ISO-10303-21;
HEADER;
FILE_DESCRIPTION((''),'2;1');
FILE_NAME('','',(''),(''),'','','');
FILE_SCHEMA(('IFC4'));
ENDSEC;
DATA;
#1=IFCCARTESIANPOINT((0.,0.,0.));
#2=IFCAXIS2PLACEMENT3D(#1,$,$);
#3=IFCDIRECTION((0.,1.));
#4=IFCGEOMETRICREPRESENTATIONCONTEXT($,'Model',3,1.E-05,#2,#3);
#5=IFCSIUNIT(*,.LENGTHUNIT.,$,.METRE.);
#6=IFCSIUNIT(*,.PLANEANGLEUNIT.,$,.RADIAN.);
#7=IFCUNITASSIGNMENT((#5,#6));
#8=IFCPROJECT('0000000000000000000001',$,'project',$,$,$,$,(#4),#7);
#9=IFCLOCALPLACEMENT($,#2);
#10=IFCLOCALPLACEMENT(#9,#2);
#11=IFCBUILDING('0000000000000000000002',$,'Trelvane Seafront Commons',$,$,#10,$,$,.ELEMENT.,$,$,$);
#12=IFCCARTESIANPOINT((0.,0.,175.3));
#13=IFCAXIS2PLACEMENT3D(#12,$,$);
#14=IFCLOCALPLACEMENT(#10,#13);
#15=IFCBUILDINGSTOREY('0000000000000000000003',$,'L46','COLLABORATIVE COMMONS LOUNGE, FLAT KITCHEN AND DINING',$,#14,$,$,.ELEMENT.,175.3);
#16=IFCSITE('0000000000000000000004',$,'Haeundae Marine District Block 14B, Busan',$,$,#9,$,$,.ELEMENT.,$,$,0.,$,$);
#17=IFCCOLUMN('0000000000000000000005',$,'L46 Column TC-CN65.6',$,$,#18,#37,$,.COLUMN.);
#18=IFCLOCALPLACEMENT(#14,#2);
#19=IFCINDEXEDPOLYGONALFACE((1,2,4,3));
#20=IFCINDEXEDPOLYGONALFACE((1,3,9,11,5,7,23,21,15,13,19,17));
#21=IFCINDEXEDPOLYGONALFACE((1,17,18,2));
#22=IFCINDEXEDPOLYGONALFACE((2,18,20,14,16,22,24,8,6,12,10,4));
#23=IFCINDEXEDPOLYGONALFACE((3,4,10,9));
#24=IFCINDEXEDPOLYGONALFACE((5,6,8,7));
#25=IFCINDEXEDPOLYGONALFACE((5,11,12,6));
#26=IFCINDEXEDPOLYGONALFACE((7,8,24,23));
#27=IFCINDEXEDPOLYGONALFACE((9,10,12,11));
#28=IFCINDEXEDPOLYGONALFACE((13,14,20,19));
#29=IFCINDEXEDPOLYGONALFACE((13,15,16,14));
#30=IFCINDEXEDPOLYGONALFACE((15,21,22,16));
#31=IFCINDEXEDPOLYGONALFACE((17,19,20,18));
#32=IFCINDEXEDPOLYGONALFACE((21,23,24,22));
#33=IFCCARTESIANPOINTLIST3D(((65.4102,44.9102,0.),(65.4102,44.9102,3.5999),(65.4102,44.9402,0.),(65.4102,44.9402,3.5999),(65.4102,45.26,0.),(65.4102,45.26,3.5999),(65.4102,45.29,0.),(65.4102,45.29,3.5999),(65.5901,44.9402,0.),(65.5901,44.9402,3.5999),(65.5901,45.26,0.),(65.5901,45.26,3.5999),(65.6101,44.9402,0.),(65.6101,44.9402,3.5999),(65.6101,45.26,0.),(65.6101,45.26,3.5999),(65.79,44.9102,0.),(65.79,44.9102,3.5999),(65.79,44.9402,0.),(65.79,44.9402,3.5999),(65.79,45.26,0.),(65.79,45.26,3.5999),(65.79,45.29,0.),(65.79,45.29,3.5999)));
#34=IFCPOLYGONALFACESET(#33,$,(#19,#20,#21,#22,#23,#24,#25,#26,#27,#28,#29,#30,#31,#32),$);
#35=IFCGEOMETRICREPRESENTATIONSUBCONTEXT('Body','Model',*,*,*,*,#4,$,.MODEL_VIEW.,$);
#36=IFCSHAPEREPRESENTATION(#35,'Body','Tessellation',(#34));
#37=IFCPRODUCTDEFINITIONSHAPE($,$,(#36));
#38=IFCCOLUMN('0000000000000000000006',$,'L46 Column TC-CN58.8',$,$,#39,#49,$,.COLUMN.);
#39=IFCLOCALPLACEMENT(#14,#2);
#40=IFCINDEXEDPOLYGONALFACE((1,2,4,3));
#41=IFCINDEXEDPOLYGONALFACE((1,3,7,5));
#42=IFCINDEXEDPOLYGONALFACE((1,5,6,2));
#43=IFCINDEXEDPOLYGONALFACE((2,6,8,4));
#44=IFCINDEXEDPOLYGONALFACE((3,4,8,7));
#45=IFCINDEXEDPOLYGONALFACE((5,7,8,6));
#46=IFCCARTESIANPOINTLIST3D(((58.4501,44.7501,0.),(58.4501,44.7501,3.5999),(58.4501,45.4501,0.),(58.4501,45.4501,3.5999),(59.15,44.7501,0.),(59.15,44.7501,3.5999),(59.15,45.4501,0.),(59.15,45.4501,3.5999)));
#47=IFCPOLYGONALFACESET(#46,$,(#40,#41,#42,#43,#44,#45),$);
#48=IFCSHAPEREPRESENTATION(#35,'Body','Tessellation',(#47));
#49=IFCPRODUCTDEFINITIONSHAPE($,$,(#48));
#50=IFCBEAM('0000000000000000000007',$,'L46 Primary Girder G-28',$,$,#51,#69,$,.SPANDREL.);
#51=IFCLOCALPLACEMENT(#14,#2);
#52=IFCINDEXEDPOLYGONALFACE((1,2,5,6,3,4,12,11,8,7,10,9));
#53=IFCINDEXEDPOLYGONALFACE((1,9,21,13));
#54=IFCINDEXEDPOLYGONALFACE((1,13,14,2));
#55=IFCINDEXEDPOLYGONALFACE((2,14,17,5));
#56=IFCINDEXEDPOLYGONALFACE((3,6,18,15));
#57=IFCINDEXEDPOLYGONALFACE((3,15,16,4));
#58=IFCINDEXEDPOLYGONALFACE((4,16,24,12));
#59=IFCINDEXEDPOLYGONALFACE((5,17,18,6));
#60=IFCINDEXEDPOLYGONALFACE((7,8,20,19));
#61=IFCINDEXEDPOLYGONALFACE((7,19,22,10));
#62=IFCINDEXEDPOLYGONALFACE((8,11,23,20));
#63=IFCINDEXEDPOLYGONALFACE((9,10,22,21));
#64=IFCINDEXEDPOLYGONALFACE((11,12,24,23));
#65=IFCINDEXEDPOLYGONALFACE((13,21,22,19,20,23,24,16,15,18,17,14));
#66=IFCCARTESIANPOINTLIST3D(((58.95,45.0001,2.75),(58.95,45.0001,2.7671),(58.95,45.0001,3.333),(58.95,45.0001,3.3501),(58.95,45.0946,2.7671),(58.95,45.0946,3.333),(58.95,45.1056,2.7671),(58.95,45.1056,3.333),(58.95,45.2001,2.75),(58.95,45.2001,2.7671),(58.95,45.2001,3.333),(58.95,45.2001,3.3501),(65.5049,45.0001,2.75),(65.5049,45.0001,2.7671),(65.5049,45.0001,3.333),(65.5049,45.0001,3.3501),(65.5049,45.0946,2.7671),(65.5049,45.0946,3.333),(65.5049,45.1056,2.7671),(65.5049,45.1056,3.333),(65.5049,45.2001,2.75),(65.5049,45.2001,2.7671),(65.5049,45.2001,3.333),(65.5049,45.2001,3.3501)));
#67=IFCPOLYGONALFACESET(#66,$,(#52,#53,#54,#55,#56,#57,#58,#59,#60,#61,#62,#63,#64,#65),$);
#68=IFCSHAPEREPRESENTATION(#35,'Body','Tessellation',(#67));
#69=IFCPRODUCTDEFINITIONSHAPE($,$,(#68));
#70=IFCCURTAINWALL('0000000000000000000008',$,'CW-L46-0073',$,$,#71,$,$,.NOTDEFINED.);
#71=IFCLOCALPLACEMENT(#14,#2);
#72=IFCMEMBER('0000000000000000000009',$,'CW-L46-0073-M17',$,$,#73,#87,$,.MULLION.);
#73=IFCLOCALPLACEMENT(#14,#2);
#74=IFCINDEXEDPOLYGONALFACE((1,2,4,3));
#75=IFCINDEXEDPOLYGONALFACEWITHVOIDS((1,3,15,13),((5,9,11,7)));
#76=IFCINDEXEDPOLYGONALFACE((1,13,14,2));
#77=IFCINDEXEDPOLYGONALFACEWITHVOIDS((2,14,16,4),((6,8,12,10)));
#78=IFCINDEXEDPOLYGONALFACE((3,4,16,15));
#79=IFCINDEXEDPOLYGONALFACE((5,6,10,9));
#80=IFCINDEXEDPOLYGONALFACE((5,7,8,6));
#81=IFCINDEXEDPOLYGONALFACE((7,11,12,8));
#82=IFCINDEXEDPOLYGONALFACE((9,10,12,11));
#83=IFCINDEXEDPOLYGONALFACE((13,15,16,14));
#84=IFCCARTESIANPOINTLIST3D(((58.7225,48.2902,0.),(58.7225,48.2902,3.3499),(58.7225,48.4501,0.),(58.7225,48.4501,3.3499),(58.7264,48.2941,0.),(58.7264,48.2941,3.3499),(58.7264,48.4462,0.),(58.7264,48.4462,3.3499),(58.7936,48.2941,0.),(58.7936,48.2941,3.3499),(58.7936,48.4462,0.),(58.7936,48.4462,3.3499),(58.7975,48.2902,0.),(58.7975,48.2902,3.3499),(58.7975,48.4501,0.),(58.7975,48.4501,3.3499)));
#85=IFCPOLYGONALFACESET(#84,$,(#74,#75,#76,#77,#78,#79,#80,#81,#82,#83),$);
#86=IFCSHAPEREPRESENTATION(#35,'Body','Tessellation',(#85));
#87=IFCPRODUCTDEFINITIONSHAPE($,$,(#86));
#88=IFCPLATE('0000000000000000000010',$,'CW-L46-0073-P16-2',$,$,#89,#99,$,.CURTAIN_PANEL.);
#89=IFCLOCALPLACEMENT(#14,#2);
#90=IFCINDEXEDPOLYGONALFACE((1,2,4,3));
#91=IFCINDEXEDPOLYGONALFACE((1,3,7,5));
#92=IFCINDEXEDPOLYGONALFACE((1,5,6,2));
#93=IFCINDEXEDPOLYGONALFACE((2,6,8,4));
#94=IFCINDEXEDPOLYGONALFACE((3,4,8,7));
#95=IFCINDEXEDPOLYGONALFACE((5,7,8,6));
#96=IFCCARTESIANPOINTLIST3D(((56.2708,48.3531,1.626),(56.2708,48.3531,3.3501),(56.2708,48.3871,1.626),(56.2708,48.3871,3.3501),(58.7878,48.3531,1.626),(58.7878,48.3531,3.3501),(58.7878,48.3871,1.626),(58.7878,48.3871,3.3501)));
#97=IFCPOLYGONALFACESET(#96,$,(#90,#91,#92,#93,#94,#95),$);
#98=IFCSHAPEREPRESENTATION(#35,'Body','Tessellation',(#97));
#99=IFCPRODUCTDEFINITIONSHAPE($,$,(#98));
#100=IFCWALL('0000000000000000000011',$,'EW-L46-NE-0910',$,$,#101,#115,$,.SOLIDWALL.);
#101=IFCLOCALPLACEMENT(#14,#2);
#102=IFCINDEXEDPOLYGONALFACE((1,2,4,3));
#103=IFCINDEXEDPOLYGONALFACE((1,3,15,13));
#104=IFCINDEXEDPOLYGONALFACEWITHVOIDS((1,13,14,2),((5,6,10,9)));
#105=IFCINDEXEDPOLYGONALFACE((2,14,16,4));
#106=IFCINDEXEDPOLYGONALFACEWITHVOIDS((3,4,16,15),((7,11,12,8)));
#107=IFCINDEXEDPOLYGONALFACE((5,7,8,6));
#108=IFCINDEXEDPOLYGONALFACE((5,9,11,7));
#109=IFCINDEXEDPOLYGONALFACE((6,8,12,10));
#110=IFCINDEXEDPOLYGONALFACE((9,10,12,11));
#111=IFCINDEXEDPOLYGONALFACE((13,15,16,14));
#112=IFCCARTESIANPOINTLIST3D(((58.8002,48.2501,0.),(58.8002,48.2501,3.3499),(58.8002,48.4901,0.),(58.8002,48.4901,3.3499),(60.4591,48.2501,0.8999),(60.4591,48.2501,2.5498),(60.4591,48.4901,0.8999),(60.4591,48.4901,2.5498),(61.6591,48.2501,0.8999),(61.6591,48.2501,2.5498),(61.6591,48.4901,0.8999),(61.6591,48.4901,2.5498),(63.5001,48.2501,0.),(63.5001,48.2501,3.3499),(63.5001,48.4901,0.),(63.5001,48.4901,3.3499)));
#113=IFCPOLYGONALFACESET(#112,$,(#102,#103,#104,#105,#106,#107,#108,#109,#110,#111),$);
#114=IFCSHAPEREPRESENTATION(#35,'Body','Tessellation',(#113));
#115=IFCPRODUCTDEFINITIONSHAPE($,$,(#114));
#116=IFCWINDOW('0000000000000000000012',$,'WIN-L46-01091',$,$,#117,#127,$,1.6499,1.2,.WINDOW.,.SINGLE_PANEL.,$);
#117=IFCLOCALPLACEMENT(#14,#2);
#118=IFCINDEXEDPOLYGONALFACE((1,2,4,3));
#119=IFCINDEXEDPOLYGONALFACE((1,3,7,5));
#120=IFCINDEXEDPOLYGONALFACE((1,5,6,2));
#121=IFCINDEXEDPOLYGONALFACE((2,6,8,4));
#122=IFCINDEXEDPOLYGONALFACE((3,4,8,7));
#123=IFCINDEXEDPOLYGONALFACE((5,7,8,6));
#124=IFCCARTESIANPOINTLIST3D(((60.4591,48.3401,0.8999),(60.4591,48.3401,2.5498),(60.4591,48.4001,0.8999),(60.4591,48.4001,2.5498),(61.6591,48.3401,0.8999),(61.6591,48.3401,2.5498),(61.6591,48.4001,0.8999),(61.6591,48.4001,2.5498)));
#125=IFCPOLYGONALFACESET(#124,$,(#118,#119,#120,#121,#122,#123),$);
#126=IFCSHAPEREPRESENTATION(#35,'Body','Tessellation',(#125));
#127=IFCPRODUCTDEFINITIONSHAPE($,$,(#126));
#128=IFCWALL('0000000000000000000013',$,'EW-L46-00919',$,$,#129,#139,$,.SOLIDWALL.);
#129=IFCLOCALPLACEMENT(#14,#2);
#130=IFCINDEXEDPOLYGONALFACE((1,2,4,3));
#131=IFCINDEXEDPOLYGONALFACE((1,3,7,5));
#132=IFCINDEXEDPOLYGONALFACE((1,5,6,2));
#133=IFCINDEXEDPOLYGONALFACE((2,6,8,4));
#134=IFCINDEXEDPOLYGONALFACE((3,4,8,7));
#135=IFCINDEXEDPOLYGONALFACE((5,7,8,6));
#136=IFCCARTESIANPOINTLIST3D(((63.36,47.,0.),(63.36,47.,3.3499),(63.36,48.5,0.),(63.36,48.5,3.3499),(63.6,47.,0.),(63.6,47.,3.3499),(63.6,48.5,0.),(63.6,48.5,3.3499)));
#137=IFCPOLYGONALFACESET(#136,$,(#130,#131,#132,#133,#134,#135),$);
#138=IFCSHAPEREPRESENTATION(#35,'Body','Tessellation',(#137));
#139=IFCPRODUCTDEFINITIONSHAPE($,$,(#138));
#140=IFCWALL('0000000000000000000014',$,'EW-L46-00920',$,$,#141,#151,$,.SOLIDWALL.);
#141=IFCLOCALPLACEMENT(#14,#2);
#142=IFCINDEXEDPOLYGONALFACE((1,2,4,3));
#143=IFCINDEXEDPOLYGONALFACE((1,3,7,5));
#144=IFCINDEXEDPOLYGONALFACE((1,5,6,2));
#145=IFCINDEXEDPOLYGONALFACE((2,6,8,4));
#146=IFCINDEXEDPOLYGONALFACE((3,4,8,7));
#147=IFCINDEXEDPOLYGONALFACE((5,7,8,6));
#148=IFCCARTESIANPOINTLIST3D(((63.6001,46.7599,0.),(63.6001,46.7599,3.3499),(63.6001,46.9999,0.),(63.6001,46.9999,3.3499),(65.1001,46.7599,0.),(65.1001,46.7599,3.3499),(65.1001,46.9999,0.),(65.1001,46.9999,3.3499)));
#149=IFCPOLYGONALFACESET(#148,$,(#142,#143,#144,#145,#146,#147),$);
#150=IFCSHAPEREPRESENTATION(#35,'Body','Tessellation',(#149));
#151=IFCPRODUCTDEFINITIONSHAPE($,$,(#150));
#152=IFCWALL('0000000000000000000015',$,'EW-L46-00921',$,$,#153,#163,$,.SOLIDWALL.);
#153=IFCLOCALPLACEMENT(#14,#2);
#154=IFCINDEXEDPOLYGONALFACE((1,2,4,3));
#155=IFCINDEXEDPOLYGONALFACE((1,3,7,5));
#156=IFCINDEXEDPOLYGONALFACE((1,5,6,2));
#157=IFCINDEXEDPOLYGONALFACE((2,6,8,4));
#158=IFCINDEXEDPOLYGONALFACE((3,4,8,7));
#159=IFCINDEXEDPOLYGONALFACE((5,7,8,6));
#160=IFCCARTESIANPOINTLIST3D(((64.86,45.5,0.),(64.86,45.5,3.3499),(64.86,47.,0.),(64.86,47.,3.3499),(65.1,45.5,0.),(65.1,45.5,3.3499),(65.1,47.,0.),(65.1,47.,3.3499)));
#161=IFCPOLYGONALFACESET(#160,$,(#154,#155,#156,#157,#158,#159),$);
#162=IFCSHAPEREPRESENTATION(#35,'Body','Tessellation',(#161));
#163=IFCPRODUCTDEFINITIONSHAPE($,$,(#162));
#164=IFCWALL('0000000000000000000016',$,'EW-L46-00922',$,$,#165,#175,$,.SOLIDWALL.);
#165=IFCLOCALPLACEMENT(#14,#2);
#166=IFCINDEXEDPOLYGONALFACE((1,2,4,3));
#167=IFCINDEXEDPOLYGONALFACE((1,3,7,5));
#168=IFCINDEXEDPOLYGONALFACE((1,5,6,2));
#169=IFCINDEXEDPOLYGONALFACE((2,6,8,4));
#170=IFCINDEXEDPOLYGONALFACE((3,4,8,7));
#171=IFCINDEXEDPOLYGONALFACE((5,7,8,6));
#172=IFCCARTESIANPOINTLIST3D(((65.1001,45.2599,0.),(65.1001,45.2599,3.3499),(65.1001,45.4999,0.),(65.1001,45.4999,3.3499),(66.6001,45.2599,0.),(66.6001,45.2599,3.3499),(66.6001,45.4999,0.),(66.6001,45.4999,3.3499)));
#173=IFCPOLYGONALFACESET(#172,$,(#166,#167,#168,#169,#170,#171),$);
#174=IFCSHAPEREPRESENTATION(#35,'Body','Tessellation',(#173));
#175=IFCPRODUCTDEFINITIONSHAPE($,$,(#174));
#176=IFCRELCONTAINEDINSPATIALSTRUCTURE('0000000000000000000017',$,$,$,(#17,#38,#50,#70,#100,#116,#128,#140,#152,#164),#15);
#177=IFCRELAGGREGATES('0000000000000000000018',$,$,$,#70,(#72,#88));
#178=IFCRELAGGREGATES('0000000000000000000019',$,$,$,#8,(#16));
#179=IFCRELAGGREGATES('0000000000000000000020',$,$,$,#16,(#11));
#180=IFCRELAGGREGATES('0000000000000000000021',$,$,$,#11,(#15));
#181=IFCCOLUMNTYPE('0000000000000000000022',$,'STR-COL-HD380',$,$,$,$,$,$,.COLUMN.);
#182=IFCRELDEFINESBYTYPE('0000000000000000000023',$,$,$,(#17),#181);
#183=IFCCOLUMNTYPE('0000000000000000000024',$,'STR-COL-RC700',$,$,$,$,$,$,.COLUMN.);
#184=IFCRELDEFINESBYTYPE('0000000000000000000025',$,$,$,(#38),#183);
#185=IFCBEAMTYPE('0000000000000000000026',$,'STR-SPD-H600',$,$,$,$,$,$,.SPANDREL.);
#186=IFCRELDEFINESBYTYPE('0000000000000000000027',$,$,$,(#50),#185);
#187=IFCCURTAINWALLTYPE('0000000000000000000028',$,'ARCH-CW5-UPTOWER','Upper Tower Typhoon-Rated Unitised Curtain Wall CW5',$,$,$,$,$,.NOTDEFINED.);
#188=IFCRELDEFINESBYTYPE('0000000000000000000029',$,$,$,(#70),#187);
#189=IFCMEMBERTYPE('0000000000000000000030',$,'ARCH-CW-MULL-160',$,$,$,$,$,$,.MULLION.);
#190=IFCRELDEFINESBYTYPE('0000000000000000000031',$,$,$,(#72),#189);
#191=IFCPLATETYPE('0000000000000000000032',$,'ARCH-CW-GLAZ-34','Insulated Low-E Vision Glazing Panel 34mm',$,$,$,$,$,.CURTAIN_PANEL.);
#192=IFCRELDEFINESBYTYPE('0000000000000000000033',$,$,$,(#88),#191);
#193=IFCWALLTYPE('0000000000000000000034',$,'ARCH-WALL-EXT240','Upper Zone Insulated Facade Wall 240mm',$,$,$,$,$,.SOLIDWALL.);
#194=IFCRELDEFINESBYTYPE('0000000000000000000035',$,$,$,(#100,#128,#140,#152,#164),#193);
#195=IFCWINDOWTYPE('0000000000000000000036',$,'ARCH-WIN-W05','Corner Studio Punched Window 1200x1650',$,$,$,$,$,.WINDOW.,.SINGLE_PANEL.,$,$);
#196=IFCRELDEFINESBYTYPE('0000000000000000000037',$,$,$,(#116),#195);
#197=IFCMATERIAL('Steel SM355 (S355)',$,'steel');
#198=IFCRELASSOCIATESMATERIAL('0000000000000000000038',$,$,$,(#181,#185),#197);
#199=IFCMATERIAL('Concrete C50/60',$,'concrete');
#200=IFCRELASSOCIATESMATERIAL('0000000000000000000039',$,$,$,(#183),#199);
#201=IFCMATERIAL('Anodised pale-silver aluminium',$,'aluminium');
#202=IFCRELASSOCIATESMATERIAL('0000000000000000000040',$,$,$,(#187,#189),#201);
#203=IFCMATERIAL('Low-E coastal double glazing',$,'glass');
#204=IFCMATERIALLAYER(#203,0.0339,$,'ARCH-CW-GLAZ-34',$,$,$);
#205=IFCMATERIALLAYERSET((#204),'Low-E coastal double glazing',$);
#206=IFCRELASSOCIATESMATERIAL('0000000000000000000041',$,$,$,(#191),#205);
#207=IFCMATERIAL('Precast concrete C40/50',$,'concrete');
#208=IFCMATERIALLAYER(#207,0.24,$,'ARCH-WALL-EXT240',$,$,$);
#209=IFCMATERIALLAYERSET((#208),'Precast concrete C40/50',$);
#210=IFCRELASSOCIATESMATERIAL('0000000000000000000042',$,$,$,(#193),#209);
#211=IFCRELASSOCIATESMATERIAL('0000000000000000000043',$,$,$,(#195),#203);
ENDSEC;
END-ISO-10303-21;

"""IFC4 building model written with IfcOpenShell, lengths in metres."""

from ifc_helpers import new_model, si_unit, direction, frame, frame_2d, origin, origin_2d, place, context, subcontext, project, spatial, rectangle, hollow_rectangle, i_section, extrude, source, transform, mapped, material, layer, layer_set, material_profile, profile_set, type_object, element, fill, aggregate, save


model = new_model("IFC4")

# Units and contexts
model_context = context("Model", 3, precision=1e-05, world=origin(), true_north=direction((0.0, 1.0)))
body_context = subcontext(model_context, "Body", "Model", "MODEL_VIEW")
ifc_project = project(units=[si_unit("LENGTHUNIT", "METRE"), si_unit("PLANEANGLEUNIT", "RADIAN")], contexts=[model_context])

# Site, building, storey
site_placement = place(None, origin())
site = spatial("IfcSite", under=ifc_project, at=site_placement, Name="Haeundae Marine District Block 14B, Busan", CompositionType="ELEMENT", RefElevation=0.0)
building_placement = place(site_placement, origin())
building = spatial("IfcBuilding", under=site, at=building_placement, Name="Trelvane Seafront Commons", CompositionType="ELEMENT")
storey_placement = place(building_placement, frame((0.0, 0.0, 175.3)))
storey = spatial("IfcBuildingStorey", under=building, at=storey_placement, Name="L46", Description="COLLABORATIVE COMMONS LOUNGE, FLAT KITCHEN AND DINING", CompositionType="ELEMENT", Elevation=175.3)

# Columns
ifc_material_1 = material(Name="Steel SM355 (S355)", Category="steel")
ifc_material_profile_1 = material_profile(ifc_material_1, i_section(OverallWidth=0.3799, OverallDepth=0.3799, WebThickness=0.02, FlangeThickness=0.03, at=origin_2d()), Name="HD-380x380x20x30")
ifc_profile_set_1 = profile_set([ifc_material_profile_1], Name="Steel SM355 (S355)")
column_type_1 = type_object("IfcColumnType", Name="STR-COL-HD380", PredefinedType="COLUMN", material=ifc_profile_set_1)
shared_shape_1 = source(origin(), body_context, "Body", "SweptSolid", [
    extrude(i_section(OverallWidth=0.3799, OverallDepth=0.3799, WebThickness=0.02, FlangeThickness=0.03, at=origin_2d()), origin(), (0.0, 0.0, 1.0), 3.5999),
])
column_1_placement = place(storey_placement, frame((65.6001, 45.1001, 0.0), z_axis=(0.0, 0.0, 1.0), x_axis=(1.0, 0.0, 0.0)))
element("IfcColumn", 1, at=column_1_placement, inside=storey, type_object=column_type_1, Name="L46 Column TC-CN65.6", PredefinedType="COLUMN", context=body_context, shape_type="MappedRepresentation", body=[
    mapped(shared_shape_1, transform((0.0, 0.0, 0.0), x_axis=(1.0, 0.0, 0.0), y_axis=(0.0, 1.0, 0.0), z_axis=(0.0, 0.0, 1.0), scale=1.0)),
])
ifc_material_2 = material(Name="Concrete C50/60", Category="concrete")
ifc_material_profile_2 = material_profile(ifc_material_2, rectangle(XDim=0.7, YDim=0.7, at=origin_2d()), Name="RC-700x700")
ifc_profile_set_2 = profile_set([ifc_material_profile_2], Name="Concrete C50/60")
column_type_2 = type_object("IfcColumnType", Name="STR-COL-RC700", PredefinedType="COLUMN", material=ifc_profile_set_2)
shared_shape_2 = source(origin(), body_context, "Body", "SweptSolid", [
    extrude(rectangle(XDim=0.7, YDim=0.7, at=origin_2d()), origin(), (0.0, 0.0, 1.0), 3.5999),
])
column_2_placement = place(storey_placement, frame((58.8, 45.1001, 0.0), z_axis=(0.0, 0.0, 1.0), x_axis=(1.0, 0.0, 0.0)))
element("IfcColumn", 2, at=column_2_placement, inside=storey, type_object=column_type_2, Name="L46 Column TC-CN58.8", PredefinedType="COLUMN", context=body_context, shape_type="MappedRepresentation", body=[
    mapped(shared_shape_2, transform((0.0, 0.0, 0.0), x_axis=(1.0, 0.0, 0.0), y_axis=(0.0, 1.0, 0.0), z_axis=(0.0, 0.0, 1.0), scale=1.0)),
])

# Beam
ifc_material_profile_3 = material_profile(ifc_material_1, i_section(OverallWidth=0.2, OverallDepth=0.6001, WebThickness=0.011, FlangeThickness=0.0171, at=origin_2d()), Name="H-600x200x11x17")
ifc_profile_set_3 = profile_set([ifc_material_profile_3], Name="Steel SM355 (S355)")
beam_type = type_object("IfcBeamType", Name="STR-SPD-H600", PredefinedType="SPANDREL", material=ifc_profile_set_3)
shared_shape_3 = source(origin(), body_context, "Body", "SweptSolid", [
    extrude(i_section(OverallWidth=0.2, OverallDepth=0.6001, WebThickness=0.011, FlangeThickness=0.0171, at=origin_2d()), origin(), (0.0, 0.0, 1.0), 6.5549),
])
beam_placement = place(storey_placement, frame((58.95, 45.1001, 3.05), z_axis=(1.0, 0.0, 0.0), x_axis=(0.0, 1.0, 0.0)))
element("IfcBeam", 3, at=beam_placement, inside=storey, type_object=beam_type, Name="L46 Primary Girder G-28", PredefinedType="SPANDREL", context=body_context, shape_type="MappedRepresentation", body=[
    mapped(shared_shape_3, transform((0.0, 0.0, 0.0), x_axis=(1.0, 0.0, 0.0), y_axis=(0.0, 1.0, 0.0), z_axis=(0.0, 0.0, 1.0), scale=1.0)),
])

# Curtain wall, member, plate
ifc_material_3 = material(Name="Anodised pale-silver aluminium", Category="aluminium")
curtain_wall_type = type_object("IfcCurtainWallType", Name="ARCH-CW5-UPTOWER", Description="Upper Tower Typhoon-Rated Unitised Curtain Wall CW5", PredefinedType="NOTDEFINED", material=ifc_material_3)
curtain_wall_placement = place(storey_placement, origin())
curtain_wall = element("IfcCurtainWall", 4, at=curtain_wall_placement, inside=storey, type_object=curtain_wall_type, Name="CW-L46-0073", PredefinedType="NOTDEFINED")
ifc_material_profile_4 = material_profile(ifc_material_3, hollow_rectangle(XDim=0.075, YDim=0.1599, WallThickness=0.0039, at=origin_2d()), Name="MULL-75x160x4")
ifc_profile_set_4 = profile_set([ifc_material_profile_4], Name="Anodised pale-silver aluminium")
member_type = type_object("IfcMemberType", Name="ARCH-CW-MULL-160", PredefinedType="MULLION", material=ifc_profile_set_4)
shared_shape_4 = source(origin(), body_context, "Body", "SweptSolid", [
    extrude(hollow_rectangle(XDim=0.075, YDim=0.1599, WallThickness=0.0039, at=origin_2d()), origin(), (0.0, 0.0, 1.0), 3.3499),
])
member_placement = place(storey_placement, frame((58.76, 48.3701, 0.0), z_axis=(0.0, 0.0, 1.0), x_axis=(1.0, 0.0, 0.0)))
member = element("IfcMember", 5, at=member_placement, type_object=member_type, Name="CW-L46-0073-M17", PredefinedType="MULLION", context=body_context, shape_type="MappedRepresentation", body=[
    mapped(shared_shape_4, transform((0.0, 0.0, 0.0), x_axis=(1.0, 0.0, 0.0), y_axis=(0.0, 1.0, 0.0), z_axis=(0.0, 0.0, 1.0), scale=1.0)),
])
ifc_material_4 = material(Name="Low-E coastal double glazing", Category="glass")
ifc_layer_1 = layer(ifc_material_4, 0.0339, Name="ARCH-CW-GLAZ-34")
ifc_layer_set_1 = layer_set([ifc_layer_1], Name="Low-E coastal double glazing")
plate_type = type_object("IfcPlateType", Name="ARCH-CW-GLAZ-34", Description="Insulated Low-E Vision Glazing Panel 34mm", PredefinedType="CURTAIN_PANEL", material=ifc_layer_set_1)
shared_shape_5 = source(origin(), body_context, "Body", "SweptSolid", [
    extrude(rectangle(XDim=2.5171, YDim=0.0339, at=origin_2d()), origin(), (0.0, 0.0, 1.0), 1.7241),
])
plate_placement = place(storey_placement, frame((57.5293, 48.3701, 1.626), z_axis=(0.0, 0.0, 1.0), x_axis=(1.0, 0.0, 0.0)))
plate = element("IfcPlate", 6, at=plate_placement, type_object=plate_type, Name="CW-L46-0073-P16-2", PredefinedType="CURTAIN_PANEL", context=body_context, shape_type="MappedRepresentation", body=[
    mapped(shared_shape_5, transform((0.0, 0.0, 0.0), x_axis=(1.0, 0.0, 0.0), y_axis=(0.0, 1.0, 0.0), z_axis=(0.0, 0.0, 1.0), scale=1.0)),
])
aggregate(curtain_wall, [member, plate])

# Wall, opening, window
ifc_material_5 = material(Name="Precast concrete C40/50", Category="concrete")
ifc_layer_2 = layer(ifc_material_5, 0.24, Name="ARCH-WALL-EXT240")
ifc_layer_set_2 = layer_set([ifc_layer_2], Name="Precast concrete C40/50")
wall_type_1 = type_object("IfcWallType", Name="ARCH-WALL-EXT240", Description="Upper Zone Insulated Facade Wall 240mm", PredefinedType="SOLIDWALL", material=ifc_layer_set_2)
wall_1_placement = place(storey_placement, frame((58.8, 48.3701, 0.0), z_axis=(0.0, 0.0, 1.0), x_axis=(1.0, 0.0, 0.0)))
wall_1 = element("IfcWall", 7, at=wall_1_placement, inside=storey, type_object=wall_type_1, Name="EW-L46-NE-0910", PredefinedType="SOLIDWALL", context=body_context, shape_type="SweptSolid", body=[
    extrude(rectangle(XDim=4.7, YDim=0.24, at=frame_2d((2.3501, 0.0))), origin(), (0.0, 0.0, 1.0), 3.3499),
])
opening_1_placement = place(wall_1_placement, frame((1.6589, 0.0, 0.8999)))
opening_1 = element("IfcOpeningElement", 8, at=opening_1_placement, cuts=wall_1, PredefinedType="OPENING", context=body_context, shape_type="SweptSolid", body=[
    extrude(rectangle(XDim=1.2, YDim=1.6499, at=frame_2d((0.6001, 0.825))), frame((0.0, 0.1299, 0.0), z_axis=(0.0, -1.0, 0.0), x_axis=(1.0, 0.0, 0.0)), (0.0, 0.0, 1.0), 0.26),
])
window_type_1 = type_object("IfcWindowType", Name="ARCH-WIN-W05", Description="Corner Studio Punched Window 1200x1650", PartitioningType="SINGLE_PANEL", PredefinedType="WINDOW", material=ifc_material_4)
shared_shape_6 = source(origin(), body_context, "Body", "SweptSolid", [
    extrude(rectangle(XDim=1.2, YDim=1.6499, at=frame_2d((0.6001, 0.825))), frame((0.0, 0.03, 0.0), z_axis=(0.0, -1.0, 0.0), x_axis=(1.0, 0.0, 0.0)), (0.0, 0.0, 1.0), 0.0601),
])
window_1_placement = place(opening_1_placement, origin())
window_1 = element("IfcWindow", 9, at=window_1_placement, inside=storey, type_object=window_type_1, Name="WIN-L46-01091", OverallHeight=1.6499, OverallWidth=1.2, PartitioningType="SINGLE_PANEL", PredefinedType="WINDOW", context=body_context, shape_type="MappedRepresentation", body=[
    mapped(shared_shape_6, transform((0.0, 0.0, 0.0), x_axis=(1.0, 0.0, 0.0), y_axis=(0.0, 1.0, 0.0), z_axis=(0.0, 0.0, 1.0), scale=1.0)),
])
fill(opening_1, window_1)

# Walls
for number, where, z_axis, x_axis, name in (
    (10, (63.48, 48.5, 0.0), (0.0, 0.0, 1.0), (0.0, -1.0, 0.0), "EW-L46-00919"),
    (11, (63.6001, 46.8799, 0.0), (0.0, 0.0, 1.0), (1.0, 0.0, 0.0), "EW-L46-00920"),
    (12, (64.98, 47.0, 0.0), (0.0, 0.0, 1.0), (0.0, -1.0, 0.0), "EW-L46-00921"),
    (13, (65.1001, 45.3799, 0.0), (0.0, 0.0, 1.0), (1.0, 0.0, 0.0), "EW-L46-00922"),
):
    element("IfcWall", number, at=place(storey_placement, frame(where, z_axis=z_axis, x_axis=x_axis)), inside=storey, type_object=wall_type_1, Name=name, PredefinedType="SOLIDWALL", context=body_context, shape_type="SweptSolid", body=[
        extrude(rectangle(XDim=1.5, YDim=0.24, at=frame_2d((0.75, 0.0))), origin(), (0.0, 0.0, 1.0), 3.3499),
    ])

save(model, "model.ifc")
